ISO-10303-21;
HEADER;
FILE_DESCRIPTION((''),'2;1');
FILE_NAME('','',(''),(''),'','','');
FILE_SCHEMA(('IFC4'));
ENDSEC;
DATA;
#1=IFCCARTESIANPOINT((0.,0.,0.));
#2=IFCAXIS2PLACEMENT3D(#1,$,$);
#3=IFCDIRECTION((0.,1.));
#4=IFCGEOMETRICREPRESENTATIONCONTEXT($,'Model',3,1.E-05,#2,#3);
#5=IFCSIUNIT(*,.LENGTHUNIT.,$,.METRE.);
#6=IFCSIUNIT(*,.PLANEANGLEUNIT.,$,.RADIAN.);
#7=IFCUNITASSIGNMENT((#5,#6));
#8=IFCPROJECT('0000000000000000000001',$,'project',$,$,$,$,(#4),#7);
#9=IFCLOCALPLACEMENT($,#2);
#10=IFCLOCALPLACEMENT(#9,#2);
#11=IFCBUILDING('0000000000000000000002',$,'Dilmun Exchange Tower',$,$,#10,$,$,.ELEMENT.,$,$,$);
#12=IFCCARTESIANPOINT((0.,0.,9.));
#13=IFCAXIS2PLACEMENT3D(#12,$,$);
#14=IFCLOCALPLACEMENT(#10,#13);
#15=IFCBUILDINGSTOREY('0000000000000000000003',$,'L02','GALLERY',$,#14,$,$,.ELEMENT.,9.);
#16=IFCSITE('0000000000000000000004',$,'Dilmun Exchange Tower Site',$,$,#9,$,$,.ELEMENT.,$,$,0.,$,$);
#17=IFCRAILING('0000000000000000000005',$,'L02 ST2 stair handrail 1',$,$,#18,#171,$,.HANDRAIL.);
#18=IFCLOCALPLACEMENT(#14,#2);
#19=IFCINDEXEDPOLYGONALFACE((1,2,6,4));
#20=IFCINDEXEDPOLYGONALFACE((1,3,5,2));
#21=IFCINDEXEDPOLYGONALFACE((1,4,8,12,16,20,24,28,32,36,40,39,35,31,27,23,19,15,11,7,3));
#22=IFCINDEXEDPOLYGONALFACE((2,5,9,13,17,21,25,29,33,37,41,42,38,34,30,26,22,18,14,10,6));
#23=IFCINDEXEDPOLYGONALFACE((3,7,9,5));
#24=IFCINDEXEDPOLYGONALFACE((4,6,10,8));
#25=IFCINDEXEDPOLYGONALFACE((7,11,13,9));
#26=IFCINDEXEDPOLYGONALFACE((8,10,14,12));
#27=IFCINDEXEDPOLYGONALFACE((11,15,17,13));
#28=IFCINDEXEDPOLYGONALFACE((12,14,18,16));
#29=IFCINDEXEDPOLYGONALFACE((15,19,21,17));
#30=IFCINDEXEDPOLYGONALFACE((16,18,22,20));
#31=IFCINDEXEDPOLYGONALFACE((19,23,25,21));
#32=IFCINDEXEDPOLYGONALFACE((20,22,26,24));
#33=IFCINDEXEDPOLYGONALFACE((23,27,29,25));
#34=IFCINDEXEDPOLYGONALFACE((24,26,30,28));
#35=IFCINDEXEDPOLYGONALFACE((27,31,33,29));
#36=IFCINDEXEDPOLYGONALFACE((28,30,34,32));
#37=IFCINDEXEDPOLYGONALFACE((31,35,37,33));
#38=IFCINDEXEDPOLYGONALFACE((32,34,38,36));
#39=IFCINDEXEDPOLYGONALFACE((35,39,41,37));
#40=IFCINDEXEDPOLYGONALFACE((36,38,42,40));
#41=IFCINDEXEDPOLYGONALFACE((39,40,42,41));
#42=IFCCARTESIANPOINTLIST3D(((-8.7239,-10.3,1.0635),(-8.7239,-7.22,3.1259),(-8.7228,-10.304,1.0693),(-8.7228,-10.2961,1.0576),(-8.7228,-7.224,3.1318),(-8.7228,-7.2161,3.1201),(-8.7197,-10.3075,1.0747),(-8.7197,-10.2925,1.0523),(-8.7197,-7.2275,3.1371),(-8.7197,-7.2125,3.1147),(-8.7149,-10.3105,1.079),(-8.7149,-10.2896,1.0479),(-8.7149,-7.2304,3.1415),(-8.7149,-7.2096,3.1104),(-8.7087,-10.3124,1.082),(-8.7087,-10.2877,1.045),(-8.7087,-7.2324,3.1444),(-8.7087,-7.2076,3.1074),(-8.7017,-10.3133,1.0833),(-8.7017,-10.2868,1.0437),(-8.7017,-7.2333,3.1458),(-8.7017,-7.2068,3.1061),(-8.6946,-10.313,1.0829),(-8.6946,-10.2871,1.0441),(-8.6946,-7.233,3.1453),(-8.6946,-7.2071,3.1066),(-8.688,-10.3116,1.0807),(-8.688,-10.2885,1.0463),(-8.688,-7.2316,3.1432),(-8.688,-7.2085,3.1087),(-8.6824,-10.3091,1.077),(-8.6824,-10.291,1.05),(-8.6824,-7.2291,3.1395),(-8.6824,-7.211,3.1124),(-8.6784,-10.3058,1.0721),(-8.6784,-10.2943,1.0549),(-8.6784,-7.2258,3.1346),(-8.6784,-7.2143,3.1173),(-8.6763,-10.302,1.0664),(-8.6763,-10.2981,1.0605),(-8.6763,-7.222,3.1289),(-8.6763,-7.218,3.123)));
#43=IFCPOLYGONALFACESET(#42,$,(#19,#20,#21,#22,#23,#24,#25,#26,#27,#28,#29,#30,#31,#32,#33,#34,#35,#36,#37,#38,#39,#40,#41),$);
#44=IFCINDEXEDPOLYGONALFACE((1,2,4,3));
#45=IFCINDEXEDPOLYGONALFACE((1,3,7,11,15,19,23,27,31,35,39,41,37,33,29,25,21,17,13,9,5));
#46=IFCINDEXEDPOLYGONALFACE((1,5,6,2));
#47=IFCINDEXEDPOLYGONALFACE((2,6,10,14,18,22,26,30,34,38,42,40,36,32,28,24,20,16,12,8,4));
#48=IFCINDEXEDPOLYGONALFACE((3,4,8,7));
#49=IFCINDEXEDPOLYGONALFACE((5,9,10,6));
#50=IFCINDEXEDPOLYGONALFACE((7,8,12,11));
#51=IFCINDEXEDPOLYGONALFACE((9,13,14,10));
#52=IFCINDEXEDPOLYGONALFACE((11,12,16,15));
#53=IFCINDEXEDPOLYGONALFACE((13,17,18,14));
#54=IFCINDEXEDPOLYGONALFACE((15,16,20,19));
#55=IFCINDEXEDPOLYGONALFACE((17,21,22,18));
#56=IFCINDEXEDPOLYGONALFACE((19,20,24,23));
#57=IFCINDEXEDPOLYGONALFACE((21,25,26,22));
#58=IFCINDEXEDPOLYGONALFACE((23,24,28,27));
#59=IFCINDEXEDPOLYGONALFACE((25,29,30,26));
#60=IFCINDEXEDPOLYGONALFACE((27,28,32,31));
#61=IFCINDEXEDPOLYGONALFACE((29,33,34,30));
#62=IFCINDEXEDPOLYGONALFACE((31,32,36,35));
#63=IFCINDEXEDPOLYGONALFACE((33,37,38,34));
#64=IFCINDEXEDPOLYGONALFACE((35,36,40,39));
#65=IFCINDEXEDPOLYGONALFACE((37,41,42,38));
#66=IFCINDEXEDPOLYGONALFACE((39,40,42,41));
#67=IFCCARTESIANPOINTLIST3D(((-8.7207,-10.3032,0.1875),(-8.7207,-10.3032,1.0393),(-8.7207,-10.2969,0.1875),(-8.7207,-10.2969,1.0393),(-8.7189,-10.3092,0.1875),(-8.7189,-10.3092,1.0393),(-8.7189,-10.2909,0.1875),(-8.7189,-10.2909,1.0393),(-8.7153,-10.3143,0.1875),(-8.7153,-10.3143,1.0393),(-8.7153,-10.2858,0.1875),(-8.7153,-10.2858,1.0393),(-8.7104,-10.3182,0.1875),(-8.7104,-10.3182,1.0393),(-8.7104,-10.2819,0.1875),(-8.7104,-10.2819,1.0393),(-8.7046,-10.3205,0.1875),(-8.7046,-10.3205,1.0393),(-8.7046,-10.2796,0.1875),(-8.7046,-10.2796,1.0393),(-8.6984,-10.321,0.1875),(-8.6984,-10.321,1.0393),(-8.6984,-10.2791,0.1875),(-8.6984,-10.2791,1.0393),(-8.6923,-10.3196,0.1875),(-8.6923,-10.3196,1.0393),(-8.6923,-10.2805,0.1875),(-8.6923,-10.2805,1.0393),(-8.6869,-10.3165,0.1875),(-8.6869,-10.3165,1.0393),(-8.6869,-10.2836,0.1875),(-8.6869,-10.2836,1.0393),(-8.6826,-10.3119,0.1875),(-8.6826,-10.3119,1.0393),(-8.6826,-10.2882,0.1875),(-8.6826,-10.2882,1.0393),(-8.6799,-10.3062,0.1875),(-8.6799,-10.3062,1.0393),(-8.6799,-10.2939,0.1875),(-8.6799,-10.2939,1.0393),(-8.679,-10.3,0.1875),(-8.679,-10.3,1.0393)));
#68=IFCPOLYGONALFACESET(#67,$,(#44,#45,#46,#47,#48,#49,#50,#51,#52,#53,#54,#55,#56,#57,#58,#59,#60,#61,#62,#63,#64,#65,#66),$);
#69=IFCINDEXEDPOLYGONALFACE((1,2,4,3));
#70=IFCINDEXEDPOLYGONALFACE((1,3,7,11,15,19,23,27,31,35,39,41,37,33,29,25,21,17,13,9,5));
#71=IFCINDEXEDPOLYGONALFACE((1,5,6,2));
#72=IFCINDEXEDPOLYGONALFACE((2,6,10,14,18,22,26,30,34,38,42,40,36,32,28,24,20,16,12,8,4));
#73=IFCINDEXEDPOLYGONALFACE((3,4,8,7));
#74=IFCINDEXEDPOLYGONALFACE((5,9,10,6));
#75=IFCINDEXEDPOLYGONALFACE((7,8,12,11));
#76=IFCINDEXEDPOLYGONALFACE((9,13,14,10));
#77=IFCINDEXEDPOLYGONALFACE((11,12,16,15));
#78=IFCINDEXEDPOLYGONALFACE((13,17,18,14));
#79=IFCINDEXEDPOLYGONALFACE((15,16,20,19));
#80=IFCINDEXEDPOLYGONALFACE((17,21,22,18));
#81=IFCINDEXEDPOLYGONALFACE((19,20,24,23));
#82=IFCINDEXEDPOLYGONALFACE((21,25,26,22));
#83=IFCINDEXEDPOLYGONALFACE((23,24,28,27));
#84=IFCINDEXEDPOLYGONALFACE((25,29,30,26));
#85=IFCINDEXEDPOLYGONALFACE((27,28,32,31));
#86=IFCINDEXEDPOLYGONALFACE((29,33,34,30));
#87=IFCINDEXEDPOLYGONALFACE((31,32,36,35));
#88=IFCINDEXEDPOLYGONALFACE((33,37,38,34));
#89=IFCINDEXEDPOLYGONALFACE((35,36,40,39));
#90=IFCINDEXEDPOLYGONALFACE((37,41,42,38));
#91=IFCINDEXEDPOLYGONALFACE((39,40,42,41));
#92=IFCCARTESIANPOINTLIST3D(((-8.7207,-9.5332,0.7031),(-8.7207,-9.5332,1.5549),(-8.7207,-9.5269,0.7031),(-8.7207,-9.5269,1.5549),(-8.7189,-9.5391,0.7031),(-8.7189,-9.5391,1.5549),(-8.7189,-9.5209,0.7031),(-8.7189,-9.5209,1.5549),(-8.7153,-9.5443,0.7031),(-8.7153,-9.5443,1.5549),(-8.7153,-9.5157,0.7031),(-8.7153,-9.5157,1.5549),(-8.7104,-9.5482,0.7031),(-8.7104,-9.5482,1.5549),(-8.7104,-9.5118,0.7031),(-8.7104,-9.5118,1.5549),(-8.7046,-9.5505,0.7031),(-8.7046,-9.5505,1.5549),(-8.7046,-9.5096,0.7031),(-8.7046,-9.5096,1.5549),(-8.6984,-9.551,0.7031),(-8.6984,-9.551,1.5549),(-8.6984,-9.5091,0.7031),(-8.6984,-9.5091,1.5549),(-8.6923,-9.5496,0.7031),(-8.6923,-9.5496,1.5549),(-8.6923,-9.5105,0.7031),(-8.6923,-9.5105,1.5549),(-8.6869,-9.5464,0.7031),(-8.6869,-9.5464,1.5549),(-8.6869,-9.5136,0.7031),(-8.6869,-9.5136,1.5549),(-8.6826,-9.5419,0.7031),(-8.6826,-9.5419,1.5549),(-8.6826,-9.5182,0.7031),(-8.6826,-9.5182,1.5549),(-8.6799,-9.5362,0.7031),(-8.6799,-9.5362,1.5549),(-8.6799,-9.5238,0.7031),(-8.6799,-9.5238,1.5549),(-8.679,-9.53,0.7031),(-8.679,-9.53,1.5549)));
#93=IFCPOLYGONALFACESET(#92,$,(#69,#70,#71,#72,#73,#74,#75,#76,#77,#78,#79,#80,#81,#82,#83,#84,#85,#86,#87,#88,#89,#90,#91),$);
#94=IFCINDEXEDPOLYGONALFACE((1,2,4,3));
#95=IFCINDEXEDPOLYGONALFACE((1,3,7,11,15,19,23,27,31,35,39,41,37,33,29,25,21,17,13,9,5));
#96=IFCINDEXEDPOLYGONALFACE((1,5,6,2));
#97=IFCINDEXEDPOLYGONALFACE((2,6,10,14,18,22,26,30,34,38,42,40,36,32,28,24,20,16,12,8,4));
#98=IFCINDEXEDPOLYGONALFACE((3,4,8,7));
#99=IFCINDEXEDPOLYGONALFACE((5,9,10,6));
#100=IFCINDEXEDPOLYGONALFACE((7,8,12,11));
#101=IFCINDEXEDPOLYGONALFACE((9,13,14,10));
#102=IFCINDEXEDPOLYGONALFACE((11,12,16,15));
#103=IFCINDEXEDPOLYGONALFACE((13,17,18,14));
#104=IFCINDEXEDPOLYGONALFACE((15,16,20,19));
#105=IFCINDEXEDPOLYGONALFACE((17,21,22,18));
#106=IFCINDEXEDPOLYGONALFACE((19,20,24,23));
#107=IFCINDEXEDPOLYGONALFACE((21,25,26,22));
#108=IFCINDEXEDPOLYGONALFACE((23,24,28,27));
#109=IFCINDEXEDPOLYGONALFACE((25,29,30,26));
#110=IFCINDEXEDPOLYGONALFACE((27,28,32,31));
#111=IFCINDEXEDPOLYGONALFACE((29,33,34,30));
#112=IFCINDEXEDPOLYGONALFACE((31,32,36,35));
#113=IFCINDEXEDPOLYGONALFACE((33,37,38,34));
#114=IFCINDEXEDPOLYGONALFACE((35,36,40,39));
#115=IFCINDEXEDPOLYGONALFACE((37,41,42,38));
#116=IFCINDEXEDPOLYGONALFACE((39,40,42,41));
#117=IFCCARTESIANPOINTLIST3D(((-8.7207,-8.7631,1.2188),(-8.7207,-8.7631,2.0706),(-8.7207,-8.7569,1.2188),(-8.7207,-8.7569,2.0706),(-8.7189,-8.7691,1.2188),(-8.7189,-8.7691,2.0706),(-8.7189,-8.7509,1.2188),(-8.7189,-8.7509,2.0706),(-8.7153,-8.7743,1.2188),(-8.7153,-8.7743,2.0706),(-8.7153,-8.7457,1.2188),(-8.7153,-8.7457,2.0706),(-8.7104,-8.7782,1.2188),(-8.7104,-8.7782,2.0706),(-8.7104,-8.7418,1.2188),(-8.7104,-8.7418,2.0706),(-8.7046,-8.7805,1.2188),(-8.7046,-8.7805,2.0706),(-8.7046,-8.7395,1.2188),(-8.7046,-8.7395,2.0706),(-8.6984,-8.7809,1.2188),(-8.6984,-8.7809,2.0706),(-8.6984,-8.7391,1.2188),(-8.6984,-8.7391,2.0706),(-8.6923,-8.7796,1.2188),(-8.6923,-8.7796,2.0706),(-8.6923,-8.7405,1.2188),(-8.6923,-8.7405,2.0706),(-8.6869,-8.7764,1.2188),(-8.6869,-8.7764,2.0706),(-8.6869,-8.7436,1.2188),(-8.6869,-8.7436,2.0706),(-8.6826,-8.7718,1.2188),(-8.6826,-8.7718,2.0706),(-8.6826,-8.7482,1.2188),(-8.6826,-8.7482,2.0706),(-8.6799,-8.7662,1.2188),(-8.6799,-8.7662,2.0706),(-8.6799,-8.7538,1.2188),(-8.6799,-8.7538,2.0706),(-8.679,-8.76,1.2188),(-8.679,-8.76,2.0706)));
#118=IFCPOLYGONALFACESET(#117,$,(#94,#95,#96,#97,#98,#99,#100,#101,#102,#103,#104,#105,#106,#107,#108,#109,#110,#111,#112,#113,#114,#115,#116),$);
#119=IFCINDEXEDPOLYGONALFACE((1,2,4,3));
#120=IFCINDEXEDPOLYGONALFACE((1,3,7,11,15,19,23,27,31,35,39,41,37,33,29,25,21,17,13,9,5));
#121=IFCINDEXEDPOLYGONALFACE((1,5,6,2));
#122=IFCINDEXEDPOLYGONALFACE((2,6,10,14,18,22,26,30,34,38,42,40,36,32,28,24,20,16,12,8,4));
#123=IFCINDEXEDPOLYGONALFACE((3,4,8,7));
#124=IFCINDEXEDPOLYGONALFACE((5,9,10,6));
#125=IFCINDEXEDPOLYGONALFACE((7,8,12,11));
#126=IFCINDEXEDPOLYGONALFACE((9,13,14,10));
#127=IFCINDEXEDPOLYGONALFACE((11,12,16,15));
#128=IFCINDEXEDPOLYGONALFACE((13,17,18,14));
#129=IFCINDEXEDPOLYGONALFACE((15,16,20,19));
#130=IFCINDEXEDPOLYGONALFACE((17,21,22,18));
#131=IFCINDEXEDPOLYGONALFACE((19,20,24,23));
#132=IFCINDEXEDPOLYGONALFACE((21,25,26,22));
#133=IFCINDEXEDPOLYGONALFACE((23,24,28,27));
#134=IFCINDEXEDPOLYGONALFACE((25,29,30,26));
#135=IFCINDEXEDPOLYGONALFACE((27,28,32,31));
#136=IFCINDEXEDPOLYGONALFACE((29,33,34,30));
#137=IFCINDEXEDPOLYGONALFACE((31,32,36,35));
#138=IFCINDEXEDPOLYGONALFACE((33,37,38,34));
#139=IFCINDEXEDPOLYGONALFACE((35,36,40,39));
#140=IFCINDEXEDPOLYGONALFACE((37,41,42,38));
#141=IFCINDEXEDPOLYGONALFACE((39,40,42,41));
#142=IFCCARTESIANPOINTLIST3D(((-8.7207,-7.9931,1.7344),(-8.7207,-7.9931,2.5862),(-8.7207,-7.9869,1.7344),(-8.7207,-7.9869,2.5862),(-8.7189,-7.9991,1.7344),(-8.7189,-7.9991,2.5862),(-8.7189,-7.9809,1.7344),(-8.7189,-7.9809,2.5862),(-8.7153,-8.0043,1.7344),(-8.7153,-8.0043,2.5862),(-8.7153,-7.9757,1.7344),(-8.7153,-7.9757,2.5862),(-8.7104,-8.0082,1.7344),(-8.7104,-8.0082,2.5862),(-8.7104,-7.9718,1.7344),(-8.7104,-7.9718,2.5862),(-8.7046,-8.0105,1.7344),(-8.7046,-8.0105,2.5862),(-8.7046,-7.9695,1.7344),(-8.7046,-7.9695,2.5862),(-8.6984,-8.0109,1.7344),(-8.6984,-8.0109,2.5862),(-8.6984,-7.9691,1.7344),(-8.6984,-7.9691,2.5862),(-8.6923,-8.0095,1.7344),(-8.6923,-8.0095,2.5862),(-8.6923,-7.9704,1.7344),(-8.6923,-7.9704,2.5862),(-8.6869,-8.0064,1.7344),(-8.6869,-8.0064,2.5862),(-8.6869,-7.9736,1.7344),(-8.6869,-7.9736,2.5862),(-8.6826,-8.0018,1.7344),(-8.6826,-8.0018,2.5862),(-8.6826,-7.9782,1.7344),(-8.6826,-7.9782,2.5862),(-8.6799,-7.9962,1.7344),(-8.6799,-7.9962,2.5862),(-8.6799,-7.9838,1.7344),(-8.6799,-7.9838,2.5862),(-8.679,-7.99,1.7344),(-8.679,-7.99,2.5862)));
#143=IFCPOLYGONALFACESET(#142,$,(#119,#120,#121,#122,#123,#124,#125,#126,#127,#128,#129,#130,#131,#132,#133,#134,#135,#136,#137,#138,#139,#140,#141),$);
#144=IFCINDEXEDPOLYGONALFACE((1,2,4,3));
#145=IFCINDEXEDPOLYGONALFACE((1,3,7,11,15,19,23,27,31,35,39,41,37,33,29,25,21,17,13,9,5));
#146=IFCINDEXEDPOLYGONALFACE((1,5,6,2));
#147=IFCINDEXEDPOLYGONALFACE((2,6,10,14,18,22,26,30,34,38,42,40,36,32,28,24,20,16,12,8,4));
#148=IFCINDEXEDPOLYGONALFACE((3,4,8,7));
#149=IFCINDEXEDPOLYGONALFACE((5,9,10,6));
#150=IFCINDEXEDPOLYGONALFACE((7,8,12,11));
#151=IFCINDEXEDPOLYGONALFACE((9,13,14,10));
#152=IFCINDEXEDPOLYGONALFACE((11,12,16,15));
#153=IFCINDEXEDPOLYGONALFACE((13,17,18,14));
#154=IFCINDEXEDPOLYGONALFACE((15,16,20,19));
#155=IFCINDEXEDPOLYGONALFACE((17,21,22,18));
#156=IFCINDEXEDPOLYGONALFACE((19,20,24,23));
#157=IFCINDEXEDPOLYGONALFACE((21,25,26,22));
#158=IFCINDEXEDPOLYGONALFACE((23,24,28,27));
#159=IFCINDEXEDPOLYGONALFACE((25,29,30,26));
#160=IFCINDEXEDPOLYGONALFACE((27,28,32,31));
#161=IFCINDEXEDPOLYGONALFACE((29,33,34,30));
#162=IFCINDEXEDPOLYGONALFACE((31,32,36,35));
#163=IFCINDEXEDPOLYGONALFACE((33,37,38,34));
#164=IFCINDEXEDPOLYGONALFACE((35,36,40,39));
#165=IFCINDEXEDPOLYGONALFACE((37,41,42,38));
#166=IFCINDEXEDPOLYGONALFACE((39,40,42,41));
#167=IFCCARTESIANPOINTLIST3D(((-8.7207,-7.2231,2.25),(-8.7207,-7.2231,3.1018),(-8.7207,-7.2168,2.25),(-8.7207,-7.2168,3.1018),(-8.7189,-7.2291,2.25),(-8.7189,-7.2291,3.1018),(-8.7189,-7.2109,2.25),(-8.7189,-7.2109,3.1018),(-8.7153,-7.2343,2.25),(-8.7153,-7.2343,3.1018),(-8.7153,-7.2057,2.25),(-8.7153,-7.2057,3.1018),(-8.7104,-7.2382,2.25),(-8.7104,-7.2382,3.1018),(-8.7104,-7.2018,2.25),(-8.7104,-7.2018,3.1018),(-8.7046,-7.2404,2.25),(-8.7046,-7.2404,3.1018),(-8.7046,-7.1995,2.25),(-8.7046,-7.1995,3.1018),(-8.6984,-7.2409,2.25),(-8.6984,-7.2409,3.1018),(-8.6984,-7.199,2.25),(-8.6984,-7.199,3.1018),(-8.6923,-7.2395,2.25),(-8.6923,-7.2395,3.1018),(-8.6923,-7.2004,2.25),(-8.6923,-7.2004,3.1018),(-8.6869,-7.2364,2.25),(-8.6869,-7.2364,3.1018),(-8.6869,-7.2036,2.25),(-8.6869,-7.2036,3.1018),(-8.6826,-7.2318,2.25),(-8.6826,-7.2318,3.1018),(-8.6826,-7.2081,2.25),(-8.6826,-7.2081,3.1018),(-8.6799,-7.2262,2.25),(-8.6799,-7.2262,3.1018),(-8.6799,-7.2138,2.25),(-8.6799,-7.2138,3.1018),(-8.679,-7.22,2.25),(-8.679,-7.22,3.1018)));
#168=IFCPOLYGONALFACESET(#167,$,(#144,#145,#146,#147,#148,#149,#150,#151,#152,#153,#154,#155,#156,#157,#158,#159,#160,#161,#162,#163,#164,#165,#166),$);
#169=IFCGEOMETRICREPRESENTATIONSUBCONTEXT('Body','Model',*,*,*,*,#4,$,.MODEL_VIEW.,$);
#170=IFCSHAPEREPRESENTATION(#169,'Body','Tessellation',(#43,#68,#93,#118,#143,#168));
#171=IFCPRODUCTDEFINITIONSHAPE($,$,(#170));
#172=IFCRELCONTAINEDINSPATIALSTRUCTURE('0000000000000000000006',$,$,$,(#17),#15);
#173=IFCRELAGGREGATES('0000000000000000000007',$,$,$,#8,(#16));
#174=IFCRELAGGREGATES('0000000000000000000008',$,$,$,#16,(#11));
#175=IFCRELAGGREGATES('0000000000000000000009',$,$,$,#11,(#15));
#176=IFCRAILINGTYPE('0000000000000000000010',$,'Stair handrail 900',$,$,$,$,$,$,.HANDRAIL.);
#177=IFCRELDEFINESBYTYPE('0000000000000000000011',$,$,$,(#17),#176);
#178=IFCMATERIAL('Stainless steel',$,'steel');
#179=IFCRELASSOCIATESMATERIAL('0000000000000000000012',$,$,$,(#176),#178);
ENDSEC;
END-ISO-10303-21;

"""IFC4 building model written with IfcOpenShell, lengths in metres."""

from ifc_helpers import new_model, si_unit, direction, frame, origin, origin_2d, place, context, subcontext, project, spatial, circle, extrude, material, type_object, element, save


model = new_model("IFC4")

# Units and contexts
model_context = context("Model", 3, precision=1e-05, world=origin(), true_north=direction((0.0, 1.0)))
body_context = subcontext(model_context, "Body", "Model", "MODEL_VIEW")
ifc_project = project(units=[si_unit("LENGTHUNIT", "METRE"), si_unit("PLANEANGLEUNIT", "RADIAN")], contexts=[model_context])

# Site, building, storey
site_placement = place(None, origin())
site = spatial("IfcSite", under=ifc_project, at=site_placement, Name="Dilmun Exchange Tower Site", CompositionType="ELEMENT", RefElevation=0.0)
building_placement = place(site_placement, origin())
building = spatial("IfcBuilding", under=site, at=building_placement, Name="Dilmun Exchange Tower", CompositionType="ELEMENT")
storey_placement = place(building_placement, frame((0.0, 0.0, 9.0)))
storey = spatial("IfcBuildingStorey", under=building, at=storey_placement, Name="L02", Description="GALLERY", CompositionType="ELEMENT", Elevation=9.0)

# Railing
ifc_material_1 = material(Name="Stainless steel", Category="steel")
railing_type = type_object("IfcRailingType", Name="Stair handrail 900", PredefinedType="HANDRAIL", material=ifc_material_1)
railing_1_placement = place(storey_placement, frame((-8.7, -10.3, 0.1875)))
element("IfcRailing", 1, at=railing_1_placement, inside=storey, type_object=railing_type, Name="L02 ST2 stair handrail 1", PredefinedType="HANDRAIL", context=body_context, shape_type="SweptSolid", body=[
    extrude(circle(Radius=0.0239, at=origin_2d()), frame((0.0, 0.0, 0.876), z_axis=(0.0, 0.830914, 0.556401), x_axis=(-1.0, 0.0, 0.0)), (0.0, 0.0, 1.0), 3.7068),
    extrude(circle(Radius=0.021, at=origin_2d()), origin(), (0.0, 0.0, 1.0), 0.8518),
    extrude(circle(Radius=0.021, at=origin_2d()), frame((0.0, 0.77, 0.5156)), (0.0, 0.0, 1.0), 0.8518),
    extrude(circle(Radius=0.021, at=origin_2d()), frame((0.0, 1.54, 1.0312)), (0.0, 0.0, 1.0), 0.8518),
    extrude(circle(Radius=0.021, at=origin_2d()), frame((0.0, 2.3101, 1.5469)), (0.0, 0.0, 1.0), 0.8518),
    extrude(circle(Radius=0.021, at=origin_2d()), frame((0.0, 3.0801, 2.0625)), (0.0, 0.0, 1.0), 0.8518),
])

save(model, "model.ifc")
